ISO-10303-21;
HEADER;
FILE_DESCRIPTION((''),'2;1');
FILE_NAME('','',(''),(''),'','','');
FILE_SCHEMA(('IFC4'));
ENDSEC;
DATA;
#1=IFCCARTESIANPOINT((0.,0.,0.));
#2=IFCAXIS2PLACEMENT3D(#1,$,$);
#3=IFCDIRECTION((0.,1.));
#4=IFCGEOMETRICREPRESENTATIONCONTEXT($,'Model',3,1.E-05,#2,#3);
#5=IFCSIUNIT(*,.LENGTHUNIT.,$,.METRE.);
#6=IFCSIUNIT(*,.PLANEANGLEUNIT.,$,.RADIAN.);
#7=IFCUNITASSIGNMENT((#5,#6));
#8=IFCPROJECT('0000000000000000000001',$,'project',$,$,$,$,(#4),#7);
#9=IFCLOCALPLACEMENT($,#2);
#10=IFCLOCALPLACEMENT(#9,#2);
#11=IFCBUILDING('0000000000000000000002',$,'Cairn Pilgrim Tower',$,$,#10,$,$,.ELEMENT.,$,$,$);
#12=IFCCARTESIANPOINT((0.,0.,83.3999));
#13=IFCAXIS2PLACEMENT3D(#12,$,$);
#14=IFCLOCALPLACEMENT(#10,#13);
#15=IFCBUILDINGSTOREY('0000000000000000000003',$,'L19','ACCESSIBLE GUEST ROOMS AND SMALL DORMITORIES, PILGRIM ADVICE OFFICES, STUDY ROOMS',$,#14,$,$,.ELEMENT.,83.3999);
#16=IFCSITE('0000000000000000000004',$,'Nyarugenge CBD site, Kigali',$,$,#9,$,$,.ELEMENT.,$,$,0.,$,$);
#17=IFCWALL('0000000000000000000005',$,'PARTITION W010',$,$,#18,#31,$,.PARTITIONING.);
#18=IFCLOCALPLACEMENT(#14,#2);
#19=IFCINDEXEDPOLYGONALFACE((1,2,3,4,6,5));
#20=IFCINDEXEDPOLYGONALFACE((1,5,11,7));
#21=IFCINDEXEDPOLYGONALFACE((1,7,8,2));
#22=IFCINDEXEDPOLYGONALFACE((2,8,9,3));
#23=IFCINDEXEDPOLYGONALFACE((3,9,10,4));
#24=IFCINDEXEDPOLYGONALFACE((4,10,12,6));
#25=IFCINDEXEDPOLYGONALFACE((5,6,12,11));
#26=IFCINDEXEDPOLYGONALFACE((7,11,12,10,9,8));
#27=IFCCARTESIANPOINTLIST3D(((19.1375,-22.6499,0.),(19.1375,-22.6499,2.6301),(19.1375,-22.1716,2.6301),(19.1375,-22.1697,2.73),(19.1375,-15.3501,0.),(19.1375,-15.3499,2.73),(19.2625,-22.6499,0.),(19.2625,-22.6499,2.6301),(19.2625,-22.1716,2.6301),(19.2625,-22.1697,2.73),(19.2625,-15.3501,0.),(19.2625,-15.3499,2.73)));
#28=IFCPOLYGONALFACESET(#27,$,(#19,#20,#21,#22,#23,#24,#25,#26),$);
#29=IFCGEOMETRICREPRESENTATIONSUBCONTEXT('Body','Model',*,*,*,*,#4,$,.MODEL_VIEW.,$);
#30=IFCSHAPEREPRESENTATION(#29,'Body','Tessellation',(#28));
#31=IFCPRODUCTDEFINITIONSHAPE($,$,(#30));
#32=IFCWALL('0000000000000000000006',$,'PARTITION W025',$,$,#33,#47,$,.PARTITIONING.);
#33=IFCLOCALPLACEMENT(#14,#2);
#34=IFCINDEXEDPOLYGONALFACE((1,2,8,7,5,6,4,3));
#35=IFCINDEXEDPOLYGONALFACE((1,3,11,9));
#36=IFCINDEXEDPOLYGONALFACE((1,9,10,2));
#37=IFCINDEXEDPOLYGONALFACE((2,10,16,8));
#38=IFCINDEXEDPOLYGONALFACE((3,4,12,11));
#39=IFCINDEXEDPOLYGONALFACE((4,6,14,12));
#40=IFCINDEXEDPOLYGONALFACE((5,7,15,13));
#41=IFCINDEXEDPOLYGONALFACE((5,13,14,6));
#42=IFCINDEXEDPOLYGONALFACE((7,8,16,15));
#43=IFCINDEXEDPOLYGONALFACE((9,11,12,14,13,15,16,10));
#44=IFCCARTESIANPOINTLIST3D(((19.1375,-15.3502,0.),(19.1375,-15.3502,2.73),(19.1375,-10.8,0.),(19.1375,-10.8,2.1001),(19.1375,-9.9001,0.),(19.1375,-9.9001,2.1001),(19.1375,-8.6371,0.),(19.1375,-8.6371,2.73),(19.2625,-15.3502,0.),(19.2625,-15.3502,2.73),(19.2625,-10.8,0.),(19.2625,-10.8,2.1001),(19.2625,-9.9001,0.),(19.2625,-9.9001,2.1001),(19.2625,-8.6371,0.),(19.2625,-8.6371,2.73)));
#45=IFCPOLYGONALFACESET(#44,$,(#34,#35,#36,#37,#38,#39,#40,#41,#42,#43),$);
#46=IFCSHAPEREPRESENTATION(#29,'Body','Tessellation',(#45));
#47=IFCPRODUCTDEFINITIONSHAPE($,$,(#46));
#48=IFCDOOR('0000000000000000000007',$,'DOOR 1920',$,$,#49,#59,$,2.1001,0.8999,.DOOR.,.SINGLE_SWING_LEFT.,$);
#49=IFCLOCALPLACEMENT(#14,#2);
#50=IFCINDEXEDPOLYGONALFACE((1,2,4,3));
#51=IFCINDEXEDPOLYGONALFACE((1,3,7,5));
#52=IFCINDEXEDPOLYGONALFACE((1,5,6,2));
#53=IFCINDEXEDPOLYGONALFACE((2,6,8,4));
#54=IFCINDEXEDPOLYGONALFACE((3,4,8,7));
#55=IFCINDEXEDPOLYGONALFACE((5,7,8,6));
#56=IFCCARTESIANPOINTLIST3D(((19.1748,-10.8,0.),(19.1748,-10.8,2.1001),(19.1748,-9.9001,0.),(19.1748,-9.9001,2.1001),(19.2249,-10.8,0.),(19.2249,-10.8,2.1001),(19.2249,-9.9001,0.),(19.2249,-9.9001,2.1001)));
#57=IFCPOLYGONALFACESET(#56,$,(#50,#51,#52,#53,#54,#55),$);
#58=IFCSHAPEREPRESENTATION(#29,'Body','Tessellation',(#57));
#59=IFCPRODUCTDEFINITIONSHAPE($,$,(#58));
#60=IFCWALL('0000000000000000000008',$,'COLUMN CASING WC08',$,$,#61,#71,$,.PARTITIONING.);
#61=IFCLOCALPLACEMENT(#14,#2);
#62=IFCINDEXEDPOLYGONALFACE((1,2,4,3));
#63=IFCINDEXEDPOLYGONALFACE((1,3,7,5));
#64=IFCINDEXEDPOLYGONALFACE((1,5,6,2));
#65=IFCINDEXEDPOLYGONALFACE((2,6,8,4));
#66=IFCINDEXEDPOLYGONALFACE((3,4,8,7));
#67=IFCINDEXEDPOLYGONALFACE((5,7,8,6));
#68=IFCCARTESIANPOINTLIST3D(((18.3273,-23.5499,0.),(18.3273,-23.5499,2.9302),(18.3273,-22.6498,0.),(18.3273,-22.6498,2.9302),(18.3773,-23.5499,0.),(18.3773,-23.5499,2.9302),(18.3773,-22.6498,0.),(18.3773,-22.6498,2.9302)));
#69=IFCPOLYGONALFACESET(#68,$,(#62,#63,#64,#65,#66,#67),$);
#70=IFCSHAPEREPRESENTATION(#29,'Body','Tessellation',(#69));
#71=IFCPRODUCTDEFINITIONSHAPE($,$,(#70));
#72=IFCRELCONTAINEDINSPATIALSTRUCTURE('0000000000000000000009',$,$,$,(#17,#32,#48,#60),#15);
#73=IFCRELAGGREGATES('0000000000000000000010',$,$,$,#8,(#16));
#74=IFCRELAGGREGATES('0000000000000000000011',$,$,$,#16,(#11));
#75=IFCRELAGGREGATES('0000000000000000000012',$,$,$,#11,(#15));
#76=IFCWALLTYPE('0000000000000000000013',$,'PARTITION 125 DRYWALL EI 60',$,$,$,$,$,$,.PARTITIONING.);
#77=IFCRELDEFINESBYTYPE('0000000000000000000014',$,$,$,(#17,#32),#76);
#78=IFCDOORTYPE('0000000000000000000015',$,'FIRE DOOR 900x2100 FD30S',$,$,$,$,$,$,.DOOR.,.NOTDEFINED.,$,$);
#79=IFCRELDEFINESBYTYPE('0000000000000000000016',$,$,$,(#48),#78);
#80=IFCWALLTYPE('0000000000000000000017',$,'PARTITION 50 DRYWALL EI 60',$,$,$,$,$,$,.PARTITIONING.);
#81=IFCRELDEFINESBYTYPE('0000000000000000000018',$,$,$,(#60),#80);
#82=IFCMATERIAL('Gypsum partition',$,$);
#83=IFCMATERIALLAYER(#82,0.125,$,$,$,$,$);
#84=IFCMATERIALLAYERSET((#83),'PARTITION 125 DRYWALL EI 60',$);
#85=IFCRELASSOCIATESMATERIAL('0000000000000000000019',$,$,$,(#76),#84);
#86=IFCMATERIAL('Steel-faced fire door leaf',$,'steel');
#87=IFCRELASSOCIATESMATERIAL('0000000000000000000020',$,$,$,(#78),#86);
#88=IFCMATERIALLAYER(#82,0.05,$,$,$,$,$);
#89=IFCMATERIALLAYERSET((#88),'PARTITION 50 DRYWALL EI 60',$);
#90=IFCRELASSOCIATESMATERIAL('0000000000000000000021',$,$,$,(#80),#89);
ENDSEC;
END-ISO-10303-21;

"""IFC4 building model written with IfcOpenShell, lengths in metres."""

from ifc_helpers import new_model, si_unit, direction, frame, frame_2d, origin, place, context, subcontext, project, spatial, polyline, rectangle, outline, extrude, material, layer, layer_set, type_object, element, fill, save


model = new_model("IFC4")

# Units and contexts
model_context = context("Model", 3, precision=1e-05, world=origin(), true_north=direction((0.0, 1.0)))
body_context = subcontext(model_context, "Body", "Model", "MODEL_VIEW")
ifc_project = project(units=[si_unit("LENGTHUNIT", "METRE"), si_unit("PLANEANGLEUNIT", "RADIAN")], contexts=[model_context])

# Site, building, storey
site_placement = place(None, origin())
site = spatial("IfcSite", under=ifc_project, at=site_placement, Name="Nyarugenge CBD site, Kigali", CompositionType="ELEMENT", RefElevation=0.0)
building_placement = place(site_placement, origin())
building = spatial("IfcBuilding", under=site, at=building_placement, Name="Cairn Pilgrim Tower", CompositionType="ELEMENT")
storey_placement = place(building_placement, frame((0.0, 0.0, 83.3999)))
storey = spatial("IfcBuildingStorey", under=building, at=storey_placement, Name="L19", Description="ACCESSIBLE GUEST ROOMS AND SMALL DORMITORIES, PILGRIM ADVICE OFFICES, STUDY ROOMS", CompositionType="ELEMENT", Elevation=83.3999)

# Shared definitions
ifc_material_1 = material(Name="Gypsum partition")

# Wall
ifc_layer_1 = layer(ifc_material_1, 0.125)
ifc_layer_set_1 = layer_set([ifc_layer_1], Name="PARTITION 125 DRYWALL EI 60")
wall_type_1 = type_object("IfcWallType", Name="PARTITION 125 DRYWALL EI 60", PredefinedType="PARTITIONING", material=ifc_layer_set_1)
wall_1_placement = place(storey_placement, frame((19.2, -22.6499, 0.0), z_axis=(0.0, 0.0, 1.0), x_axis=(0.0, 1.0, 0.0)))
element("IfcWall", 1, at=wall_1_placement, inside=storey, type_object=wall_type_1, Name="PARTITION W010", PredefinedType="PARTITIONING", context=body_context, shape_type="SweptSolid", body=[
    extrude(outline(polyline([(0.0, 0.0), (7.2998, 0.0), (7.3, 2.73), (0.4802, 2.73), (0.4783, 2.6301), (0.0, 2.6301), (0.0, 0.0)])), frame((0.0, 0.0625, 0.0), z_axis=(0.0, -1.0, 0.0), x_axis=(1.0, 0.0, 0.0)), (0.0, 0.0, 1.0), 0.125),
])

# Wall, opening, door
wall_2_placement = place(storey_placement, frame((19.2, -15.3501, 0.0), z_axis=(0.0, 0.0, 1.0), x_axis=(0.0, 1.0, 0.0)))
wall_2 = element("IfcWall", 2, at=wall_2_placement, inside=storey, type_object=wall_type_1, Name="PARTITION W025", PredefinedType="PARTITIONING", context=body_context, shape_type="SweptSolid", body=[
    extrude(rectangle(XDim=6.7131, YDim=0.125, at=frame_2d((3.3564, 0.0))), origin(), (0.0, 0.0, 1.0), 2.73),
])
opening_1_placement = place(wall_2_placement, frame((4.55, 0.0, 0.0)))
opening_1 = element("IfcOpeningElement", 3, at=opening_1_placement, cuts=wall_2, PredefinedType="OPENING", context=body_context, shape_type="SweptSolid", body=[
    extrude(rectangle(XDim=0.8999, YDim=2.1001, at=frame_2d((0.45, 1.05))), frame((0.0, 0.0725, 0.0), z_axis=(0.0, -1.0, 0.0), x_axis=(1.0, 0.0, 0.0)), (0.0, 0.0, 1.0), 0.145),
])
ifc_material_2 = material(Name="Steel-faced fire door leaf", Category="steel")
door_type_1 = type_object("IfcDoorType", Name="FIRE DOOR 900x2100 FD30S", OperationType="NOTDEFINED", PredefinedType="DOOR", material=ifc_material_2)
door_1_placement = place(opening_1_placement, frame((0.8999, 0.0, 0.0), z_axis=(0.0, 0.0, 1.0), x_axis=(-1.0, 0.0, 0.0)))
door_1 = element("IfcDoor", 4, at=door_1_placement, inside=storey, type_object=door_type_1, Name="DOOR 1920", OperationType="SINGLE_SWING_LEFT", OverallHeight=2.1001, OverallWidth=0.8999, PredefinedType="DOOR", context=body_context, shape_type="SweptSolid", body=[
    extrude(rectangle(XDim=0.8999, YDim=2.1001, at=frame_2d((0.45, 1.05))), frame((0.0, 0.0249, 0.0), z_axis=(0.0, -1.0, 0.0), x_axis=(1.0, 0.0, 0.0)), (0.0, 0.0, 1.0), 0.05),
])
fill(opening_1, door_1)

# Wall
ifc_layer_2 = layer(ifc_material_1, 0.05)
ifc_layer_set_2 = layer_set([ifc_layer_2], Name="PARTITION 50 DRYWALL EI 60")
wall_type_2 = type_object("IfcWallType", Name="PARTITION 50 DRYWALL EI 60", PredefinedType="PARTITIONING", material=ifc_layer_set_2)
wall_3_placement = place(storey_placement, frame((18.3523, -23.55, 0.0), z_axis=(0.0, 0.0, 1.0), x_axis=(0.0, 1.0, 0.0)))
element("IfcWall", 5, at=wall_3_placement, inside=storey, type_object=wall_type_2, Name="COLUMN CASING WC08", PredefinedType="PARTITIONING", context=body_context, shape_type="SweptSolid", body=[
    extrude(rectangle(XDim=0.9001, YDim=0.05, at=frame_2d((0.4502, 0.0))), origin(), (0.0, 0.0, 1.0), 2.9302),
])

save(model, "model.ifc")
